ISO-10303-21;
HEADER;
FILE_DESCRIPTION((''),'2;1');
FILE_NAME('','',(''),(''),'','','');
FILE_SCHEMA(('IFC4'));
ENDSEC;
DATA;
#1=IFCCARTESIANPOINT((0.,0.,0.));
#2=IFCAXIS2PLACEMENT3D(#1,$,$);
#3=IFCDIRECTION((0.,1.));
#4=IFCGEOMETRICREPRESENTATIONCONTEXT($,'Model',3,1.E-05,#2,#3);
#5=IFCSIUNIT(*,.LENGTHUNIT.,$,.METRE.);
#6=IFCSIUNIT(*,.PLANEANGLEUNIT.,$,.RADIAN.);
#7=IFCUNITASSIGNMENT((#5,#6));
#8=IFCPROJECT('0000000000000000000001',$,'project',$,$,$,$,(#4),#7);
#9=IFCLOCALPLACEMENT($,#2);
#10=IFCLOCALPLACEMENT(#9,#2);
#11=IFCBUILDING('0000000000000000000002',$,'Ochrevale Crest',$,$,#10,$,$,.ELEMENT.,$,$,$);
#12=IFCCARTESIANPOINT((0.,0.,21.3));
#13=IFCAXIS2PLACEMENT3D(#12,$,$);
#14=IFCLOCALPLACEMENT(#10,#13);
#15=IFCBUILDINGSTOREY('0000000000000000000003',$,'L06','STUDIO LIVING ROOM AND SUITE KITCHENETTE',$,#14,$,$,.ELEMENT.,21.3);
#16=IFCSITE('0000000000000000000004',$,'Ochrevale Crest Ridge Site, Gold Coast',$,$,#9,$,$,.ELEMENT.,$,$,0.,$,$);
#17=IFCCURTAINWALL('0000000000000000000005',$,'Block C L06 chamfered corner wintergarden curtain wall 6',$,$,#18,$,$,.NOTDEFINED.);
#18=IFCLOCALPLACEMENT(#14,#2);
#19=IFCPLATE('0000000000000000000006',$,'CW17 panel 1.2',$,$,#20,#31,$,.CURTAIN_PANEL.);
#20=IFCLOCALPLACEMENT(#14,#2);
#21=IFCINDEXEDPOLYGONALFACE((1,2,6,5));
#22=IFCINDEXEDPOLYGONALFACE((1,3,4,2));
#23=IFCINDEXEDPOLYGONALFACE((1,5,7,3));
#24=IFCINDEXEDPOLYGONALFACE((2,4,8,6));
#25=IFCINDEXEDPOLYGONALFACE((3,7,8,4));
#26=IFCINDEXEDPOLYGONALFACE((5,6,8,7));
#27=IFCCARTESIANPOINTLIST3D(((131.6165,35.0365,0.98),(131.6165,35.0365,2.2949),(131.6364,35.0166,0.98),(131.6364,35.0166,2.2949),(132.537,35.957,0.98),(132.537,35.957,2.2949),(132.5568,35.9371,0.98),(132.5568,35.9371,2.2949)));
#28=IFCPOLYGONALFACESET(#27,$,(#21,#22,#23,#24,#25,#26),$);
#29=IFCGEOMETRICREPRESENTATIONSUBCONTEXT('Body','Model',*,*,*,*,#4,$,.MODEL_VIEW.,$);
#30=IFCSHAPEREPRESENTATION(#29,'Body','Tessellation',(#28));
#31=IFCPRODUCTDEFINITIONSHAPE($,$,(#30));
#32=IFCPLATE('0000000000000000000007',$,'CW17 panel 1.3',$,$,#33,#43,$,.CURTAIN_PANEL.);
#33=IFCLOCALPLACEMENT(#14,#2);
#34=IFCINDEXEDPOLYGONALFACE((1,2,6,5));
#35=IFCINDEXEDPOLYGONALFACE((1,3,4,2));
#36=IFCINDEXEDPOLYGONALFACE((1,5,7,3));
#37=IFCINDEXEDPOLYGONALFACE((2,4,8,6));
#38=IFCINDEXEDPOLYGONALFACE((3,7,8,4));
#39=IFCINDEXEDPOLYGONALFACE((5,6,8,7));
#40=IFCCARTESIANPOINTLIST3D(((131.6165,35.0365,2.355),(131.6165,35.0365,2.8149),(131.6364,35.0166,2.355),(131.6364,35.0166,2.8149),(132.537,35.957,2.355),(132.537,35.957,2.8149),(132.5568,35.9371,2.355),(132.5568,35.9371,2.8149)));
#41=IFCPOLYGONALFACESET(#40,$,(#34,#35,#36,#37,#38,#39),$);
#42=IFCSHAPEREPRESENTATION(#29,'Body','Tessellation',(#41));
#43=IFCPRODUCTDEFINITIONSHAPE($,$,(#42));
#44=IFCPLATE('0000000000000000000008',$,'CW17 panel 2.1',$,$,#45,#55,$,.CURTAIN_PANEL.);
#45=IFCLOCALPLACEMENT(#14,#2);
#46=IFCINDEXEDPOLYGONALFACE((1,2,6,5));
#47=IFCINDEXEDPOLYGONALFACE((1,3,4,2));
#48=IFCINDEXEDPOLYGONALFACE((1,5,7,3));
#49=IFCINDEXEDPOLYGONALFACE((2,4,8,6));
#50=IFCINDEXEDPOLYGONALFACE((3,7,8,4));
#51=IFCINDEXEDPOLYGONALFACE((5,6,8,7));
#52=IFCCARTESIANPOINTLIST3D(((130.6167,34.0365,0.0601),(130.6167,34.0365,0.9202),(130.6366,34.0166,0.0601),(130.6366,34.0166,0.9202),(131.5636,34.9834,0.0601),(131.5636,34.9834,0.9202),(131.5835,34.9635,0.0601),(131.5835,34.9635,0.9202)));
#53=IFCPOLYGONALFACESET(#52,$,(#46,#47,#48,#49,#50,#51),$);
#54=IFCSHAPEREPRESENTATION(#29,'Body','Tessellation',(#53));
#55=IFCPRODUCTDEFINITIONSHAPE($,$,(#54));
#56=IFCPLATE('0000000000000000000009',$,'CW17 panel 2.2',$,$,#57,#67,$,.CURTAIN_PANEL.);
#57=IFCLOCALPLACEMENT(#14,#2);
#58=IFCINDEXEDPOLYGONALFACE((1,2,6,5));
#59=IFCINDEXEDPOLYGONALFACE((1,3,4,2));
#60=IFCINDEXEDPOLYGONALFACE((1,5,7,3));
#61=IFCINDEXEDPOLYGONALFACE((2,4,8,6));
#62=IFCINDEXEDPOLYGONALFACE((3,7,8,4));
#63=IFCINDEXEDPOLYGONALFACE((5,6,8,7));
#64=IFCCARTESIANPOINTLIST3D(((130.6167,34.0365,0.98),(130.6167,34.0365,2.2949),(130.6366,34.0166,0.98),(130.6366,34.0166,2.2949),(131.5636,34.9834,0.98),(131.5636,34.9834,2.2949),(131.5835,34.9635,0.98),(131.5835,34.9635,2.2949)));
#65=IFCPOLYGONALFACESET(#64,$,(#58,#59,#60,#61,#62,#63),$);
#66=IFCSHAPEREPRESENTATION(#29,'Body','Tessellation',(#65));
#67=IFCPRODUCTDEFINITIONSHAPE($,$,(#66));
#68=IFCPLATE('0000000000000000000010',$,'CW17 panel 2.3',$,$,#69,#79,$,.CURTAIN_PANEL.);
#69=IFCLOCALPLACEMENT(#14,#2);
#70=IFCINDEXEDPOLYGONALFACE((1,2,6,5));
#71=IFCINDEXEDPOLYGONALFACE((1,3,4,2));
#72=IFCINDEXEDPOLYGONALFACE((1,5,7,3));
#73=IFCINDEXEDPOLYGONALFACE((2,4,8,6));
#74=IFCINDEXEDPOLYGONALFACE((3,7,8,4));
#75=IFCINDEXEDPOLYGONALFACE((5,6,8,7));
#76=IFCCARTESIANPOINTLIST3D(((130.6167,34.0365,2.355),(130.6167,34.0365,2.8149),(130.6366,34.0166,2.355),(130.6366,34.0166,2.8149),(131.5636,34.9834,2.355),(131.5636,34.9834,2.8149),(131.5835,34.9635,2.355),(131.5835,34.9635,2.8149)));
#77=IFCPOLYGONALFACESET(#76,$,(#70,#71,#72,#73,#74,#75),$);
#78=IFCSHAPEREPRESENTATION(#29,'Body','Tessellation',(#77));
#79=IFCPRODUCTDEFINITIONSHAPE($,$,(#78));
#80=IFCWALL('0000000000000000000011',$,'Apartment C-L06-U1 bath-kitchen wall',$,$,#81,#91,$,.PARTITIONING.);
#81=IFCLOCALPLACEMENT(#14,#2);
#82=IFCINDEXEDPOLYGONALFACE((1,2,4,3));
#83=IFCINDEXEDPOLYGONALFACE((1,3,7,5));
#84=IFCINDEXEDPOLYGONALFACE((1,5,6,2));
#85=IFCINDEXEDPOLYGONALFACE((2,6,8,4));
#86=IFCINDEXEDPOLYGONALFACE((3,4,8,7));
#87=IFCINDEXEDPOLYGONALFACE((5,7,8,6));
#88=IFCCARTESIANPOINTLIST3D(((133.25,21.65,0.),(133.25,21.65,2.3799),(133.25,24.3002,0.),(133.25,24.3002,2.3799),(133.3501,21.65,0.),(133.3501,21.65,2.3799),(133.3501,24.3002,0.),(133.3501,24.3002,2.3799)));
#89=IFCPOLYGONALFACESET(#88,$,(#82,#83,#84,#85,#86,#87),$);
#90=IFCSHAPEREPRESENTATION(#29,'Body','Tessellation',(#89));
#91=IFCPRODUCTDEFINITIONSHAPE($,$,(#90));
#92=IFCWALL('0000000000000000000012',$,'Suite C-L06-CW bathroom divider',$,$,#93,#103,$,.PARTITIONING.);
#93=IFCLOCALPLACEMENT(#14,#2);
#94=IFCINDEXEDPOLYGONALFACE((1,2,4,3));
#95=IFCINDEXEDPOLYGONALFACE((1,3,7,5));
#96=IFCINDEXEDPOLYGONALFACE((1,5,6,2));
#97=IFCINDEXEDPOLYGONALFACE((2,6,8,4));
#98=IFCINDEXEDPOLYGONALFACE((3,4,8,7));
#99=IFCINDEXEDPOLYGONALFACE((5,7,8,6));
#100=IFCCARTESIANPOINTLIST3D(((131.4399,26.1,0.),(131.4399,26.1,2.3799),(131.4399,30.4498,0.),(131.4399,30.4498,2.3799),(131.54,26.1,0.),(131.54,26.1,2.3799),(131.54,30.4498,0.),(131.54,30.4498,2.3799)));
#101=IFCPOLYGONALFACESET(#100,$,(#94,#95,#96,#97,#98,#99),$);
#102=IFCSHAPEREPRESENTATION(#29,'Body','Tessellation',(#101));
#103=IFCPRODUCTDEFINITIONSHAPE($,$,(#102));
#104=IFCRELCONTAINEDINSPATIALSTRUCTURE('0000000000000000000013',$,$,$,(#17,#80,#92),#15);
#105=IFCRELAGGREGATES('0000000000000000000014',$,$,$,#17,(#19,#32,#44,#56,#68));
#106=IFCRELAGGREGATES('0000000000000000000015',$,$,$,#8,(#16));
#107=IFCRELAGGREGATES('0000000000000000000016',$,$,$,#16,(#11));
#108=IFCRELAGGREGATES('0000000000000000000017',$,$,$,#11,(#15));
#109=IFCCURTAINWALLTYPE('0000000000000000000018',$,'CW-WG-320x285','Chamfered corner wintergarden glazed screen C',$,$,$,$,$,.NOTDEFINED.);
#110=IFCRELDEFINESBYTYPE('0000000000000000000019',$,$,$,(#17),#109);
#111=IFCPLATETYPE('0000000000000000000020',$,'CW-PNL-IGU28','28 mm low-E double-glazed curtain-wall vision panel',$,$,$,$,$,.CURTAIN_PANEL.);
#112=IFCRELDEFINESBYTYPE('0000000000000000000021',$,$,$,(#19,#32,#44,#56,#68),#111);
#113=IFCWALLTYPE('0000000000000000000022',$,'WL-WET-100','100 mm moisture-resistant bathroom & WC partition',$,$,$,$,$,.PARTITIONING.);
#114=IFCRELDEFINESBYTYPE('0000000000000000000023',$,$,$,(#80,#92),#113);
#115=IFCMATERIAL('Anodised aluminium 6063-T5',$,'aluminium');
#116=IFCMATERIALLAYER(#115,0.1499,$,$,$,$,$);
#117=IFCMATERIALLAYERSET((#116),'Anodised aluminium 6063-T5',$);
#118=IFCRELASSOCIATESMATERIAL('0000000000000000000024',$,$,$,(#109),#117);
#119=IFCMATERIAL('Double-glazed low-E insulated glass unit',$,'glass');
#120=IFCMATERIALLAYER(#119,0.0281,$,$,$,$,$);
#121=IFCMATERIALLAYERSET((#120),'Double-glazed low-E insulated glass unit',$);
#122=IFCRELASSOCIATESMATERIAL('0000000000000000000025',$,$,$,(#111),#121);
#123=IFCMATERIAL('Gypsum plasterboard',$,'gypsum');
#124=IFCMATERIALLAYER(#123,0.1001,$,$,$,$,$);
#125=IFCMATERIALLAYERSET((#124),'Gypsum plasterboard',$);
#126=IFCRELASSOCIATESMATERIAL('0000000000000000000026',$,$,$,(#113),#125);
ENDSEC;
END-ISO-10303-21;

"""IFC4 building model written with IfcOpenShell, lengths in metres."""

from ifc_helpers import new_model, si_unit, direction, frame, frame_2d, origin, origin_2d, place, context, subcontext, project, spatial, rectangle, extrude, material, layer, layer_set, type_object, element, aggregate, save


model = new_model("IFC4")

# Units and contexts
model_context = context("Model", 3, precision=1e-05, world=origin(), true_north=direction((0.0, 1.0)))
body_context = subcontext(model_context, "Body", "Model", "MODEL_VIEW")
ifc_project = project(units=[si_unit("LENGTHUNIT", "METRE"), si_unit("PLANEANGLEUNIT", "RADIAN")], contexts=[model_context])

# Site, building, storey
site_placement = place(None, origin())
site = spatial("IfcSite", under=ifc_project, at=site_placement, Name="Ochrevale Crest Ridge Site, Gold Coast", CompositionType="ELEMENT", RefElevation=0.0)
building_placement = place(site_placement, origin())
building = spatial("IfcBuilding", under=site, at=building_placement, Name="Ochrevale Crest", CompositionType="ELEMENT")
storey_placement = place(building_placement, frame((0.0, 0.0, 21.3)))
storey = spatial("IfcBuildingStorey", under=building, at=storey_placement, Name="L06", Description="STUDIO LIVING ROOM AND SUITE KITCHENETTE", CompositionType="ELEMENT", Elevation=21.3)

# Curtain wall
ifc_material_1 = material(Name="Anodised aluminium 6063-T5", Category="aluminium")
ifc_layer_1 = layer(ifc_material_1, 0.1499)
ifc_layer_set_1 = layer_set([ifc_layer_1], Name="Anodised aluminium 6063-T5")
curtain_wall_type_1 = type_object("IfcCurtainWallType", Name="CW-WG-320x285", Description="Chamfered corner wintergarden glazed screen C", PredefinedType="NOTDEFINED", material=ifc_layer_set_1)
curtain_wall_1_placement = place(storey_placement, origin())
curtain_wall_1 = element("IfcCurtainWall", 1, at=curtain_wall_1_placement, inside=storey, type_object=curtain_wall_type_1, Name="Block C L06 chamfered corner wintergarden curtain wall 6", PredefinedType="NOTDEFINED")

# Plates
ifc_material_2 = material(Name="Double-glazed low-E insulated glass unit", Category="glass")
ifc_layer_2 = layer(ifc_material_2, 0.0281)
ifc_layer_set_2 = layer_set([ifc_layer_2], Name="Double-glazed low-E insulated glass unit")
plate_type = type_object("IfcPlateType", Name="CW-PNL-IGU28", Description="28 mm low-E double-glazed curtain-wall vision panel", PredefinedType="CURTAIN_PANEL", material=ifc_layer_set_2)
plate_1_placement = place(storey_placement, frame((132.0867, 35.4868, 0.98), z_axis=(0.0, 0.0, 1.0), x_axis=(-0.707107, -0.707107, 0.0)))
plate_1 = element("IfcPlate", 2, at=plate_1_placement, type_object=plate_type, Name="CW17 panel 1.2", PredefinedType="CURTAIN_PANEL", context=body_context, shape_type="SweptSolid", body=[
    extrude(rectangle(XDim=1.3018, YDim=0.0281, at=origin_2d()), origin(), (0.0, 0.0, 1.0), 1.3149),
])
plate_2_placement = place(storey_placement, frame((132.0867, 35.4868, 2.355), z_axis=(0.0, 0.0, 1.0), x_axis=(-0.707107, -0.707107, 0.0)))
plate_2 = element("IfcPlate", 3, at=plate_2_placement, type_object=plate_type, Name="CW17 panel 1.3", PredefinedType="CURTAIN_PANEL", context=body_context, shape_type="SweptSolid", body=[
    extrude(rectangle(XDim=1.3018, YDim=0.0281, at=origin_2d()), origin(), (0.0, 0.0, 1.0), 0.46),
])
plate_3_placement = place(storey_placement, frame((131.1001, 34.5, 0.0601), z_axis=(0.0, 0.0, 1.0), x_axis=(-0.707107, -0.707107, 0.0)))
plate_3 = element("IfcPlate", 4, at=plate_3_placement, type_object=plate_type, Name="CW17 panel 2.1", PredefinedType="CURTAIN_PANEL", context=body_context, shape_type="SweptSolid", body=[
    extrude(rectangle(XDim=1.3391, YDim=0.0281, at=origin_2d()), origin(), (0.0, 0.0, 1.0), 0.8601),
])
plate_4_placement = place(storey_placement, frame((131.1001, 34.5, 0.98), z_axis=(0.0, 0.0, 1.0), x_axis=(-0.707107, -0.707107, 0.0)))
plate_4 = element("IfcPlate", 5, at=plate_4_placement, type_object=plate_type, Name="CW17 panel 2.2", PredefinedType="CURTAIN_PANEL", context=body_context, shape_type="SweptSolid", body=[
    extrude(rectangle(XDim=1.3391, YDim=0.0281, at=origin_2d()), origin(), (0.0, 0.0, 1.0), 1.3149),
])
plate_5_placement = place(storey_placement, frame((131.1001, 34.5, 2.355), z_axis=(0.0, 0.0, 1.0), x_axis=(-0.707107, -0.707107, 0.0)))
plate_5 = element("IfcPlate", 6, at=plate_5_placement, type_object=plate_type, Name="CW17 panel 2.3", PredefinedType="CURTAIN_PANEL", context=body_context, shape_type="SweptSolid", body=[
    extrude(rectangle(XDim=1.3391, YDim=0.0281, at=origin_2d()), origin(), (0.0, 0.0, 1.0), 0.46),
])
aggregate(curtain_wall_1, [plate_1, plate_2, plate_3, plate_4, plate_5])

# Walls
ifc_material_3 = material(Name="Gypsum plasterboard", Category="gypsum")
ifc_layer_3 = layer(ifc_material_3, 0.1001)
ifc_layer_set_3 = layer_set([ifc_layer_3], Name="Gypsum plasterboard")
wall_type = type_object("IfcWallType", Name="WL-WET-100", Description="100 mm moisture-resistant bathroom & WC partition", PredefinedType="PARTITIONING", material=ifc_layer_set_3)
wall_1_placement = place(storey_placement, frame((133.3, 21.6499, 0.0), z_axis=(0.0, 0.0, 1.0), x_axis=(0.0, 1.0, 0.0)))
element("IfcWall", 7, at=wall_1_placement, inside=storey, type_object=wall_type, Name="Apartment C-L06-U1 bath-kitchen wall", PredefinedType="PARTITIONING", context=body_context, shape_type="SweptSolid", body=[
    extrude(rectangle(XDim=2.6501, YDim=0.1001, at=frame_2d((1.3252, 0.0))), origin(), (0.0, 0.0, 1.0), 2.3799),
])
wall_2_placement = place(storey_placement, frame((131.49, 26.1001, 0.0), z_axis=(0.0, 0.0, 1.0), x_axis=(0.0, 1.0, 0.0)))
element("IfcWall", 8, at=wall_2_placement, inside=storey, type_object=wall_type, Name="Suite C-L06-CW bathroom divider", PredefinedType="PARTITIONING", context=body_context, shape_type="SweptSolid", body=[
    extrude(rectangle(XDim=4.3499, YDim=0.1001, at=frame_2d((2.1748, 0.0))), origin(), (0.0, 0.0, 1.0), 2.3799),
])

save(model, "model.ifc")
